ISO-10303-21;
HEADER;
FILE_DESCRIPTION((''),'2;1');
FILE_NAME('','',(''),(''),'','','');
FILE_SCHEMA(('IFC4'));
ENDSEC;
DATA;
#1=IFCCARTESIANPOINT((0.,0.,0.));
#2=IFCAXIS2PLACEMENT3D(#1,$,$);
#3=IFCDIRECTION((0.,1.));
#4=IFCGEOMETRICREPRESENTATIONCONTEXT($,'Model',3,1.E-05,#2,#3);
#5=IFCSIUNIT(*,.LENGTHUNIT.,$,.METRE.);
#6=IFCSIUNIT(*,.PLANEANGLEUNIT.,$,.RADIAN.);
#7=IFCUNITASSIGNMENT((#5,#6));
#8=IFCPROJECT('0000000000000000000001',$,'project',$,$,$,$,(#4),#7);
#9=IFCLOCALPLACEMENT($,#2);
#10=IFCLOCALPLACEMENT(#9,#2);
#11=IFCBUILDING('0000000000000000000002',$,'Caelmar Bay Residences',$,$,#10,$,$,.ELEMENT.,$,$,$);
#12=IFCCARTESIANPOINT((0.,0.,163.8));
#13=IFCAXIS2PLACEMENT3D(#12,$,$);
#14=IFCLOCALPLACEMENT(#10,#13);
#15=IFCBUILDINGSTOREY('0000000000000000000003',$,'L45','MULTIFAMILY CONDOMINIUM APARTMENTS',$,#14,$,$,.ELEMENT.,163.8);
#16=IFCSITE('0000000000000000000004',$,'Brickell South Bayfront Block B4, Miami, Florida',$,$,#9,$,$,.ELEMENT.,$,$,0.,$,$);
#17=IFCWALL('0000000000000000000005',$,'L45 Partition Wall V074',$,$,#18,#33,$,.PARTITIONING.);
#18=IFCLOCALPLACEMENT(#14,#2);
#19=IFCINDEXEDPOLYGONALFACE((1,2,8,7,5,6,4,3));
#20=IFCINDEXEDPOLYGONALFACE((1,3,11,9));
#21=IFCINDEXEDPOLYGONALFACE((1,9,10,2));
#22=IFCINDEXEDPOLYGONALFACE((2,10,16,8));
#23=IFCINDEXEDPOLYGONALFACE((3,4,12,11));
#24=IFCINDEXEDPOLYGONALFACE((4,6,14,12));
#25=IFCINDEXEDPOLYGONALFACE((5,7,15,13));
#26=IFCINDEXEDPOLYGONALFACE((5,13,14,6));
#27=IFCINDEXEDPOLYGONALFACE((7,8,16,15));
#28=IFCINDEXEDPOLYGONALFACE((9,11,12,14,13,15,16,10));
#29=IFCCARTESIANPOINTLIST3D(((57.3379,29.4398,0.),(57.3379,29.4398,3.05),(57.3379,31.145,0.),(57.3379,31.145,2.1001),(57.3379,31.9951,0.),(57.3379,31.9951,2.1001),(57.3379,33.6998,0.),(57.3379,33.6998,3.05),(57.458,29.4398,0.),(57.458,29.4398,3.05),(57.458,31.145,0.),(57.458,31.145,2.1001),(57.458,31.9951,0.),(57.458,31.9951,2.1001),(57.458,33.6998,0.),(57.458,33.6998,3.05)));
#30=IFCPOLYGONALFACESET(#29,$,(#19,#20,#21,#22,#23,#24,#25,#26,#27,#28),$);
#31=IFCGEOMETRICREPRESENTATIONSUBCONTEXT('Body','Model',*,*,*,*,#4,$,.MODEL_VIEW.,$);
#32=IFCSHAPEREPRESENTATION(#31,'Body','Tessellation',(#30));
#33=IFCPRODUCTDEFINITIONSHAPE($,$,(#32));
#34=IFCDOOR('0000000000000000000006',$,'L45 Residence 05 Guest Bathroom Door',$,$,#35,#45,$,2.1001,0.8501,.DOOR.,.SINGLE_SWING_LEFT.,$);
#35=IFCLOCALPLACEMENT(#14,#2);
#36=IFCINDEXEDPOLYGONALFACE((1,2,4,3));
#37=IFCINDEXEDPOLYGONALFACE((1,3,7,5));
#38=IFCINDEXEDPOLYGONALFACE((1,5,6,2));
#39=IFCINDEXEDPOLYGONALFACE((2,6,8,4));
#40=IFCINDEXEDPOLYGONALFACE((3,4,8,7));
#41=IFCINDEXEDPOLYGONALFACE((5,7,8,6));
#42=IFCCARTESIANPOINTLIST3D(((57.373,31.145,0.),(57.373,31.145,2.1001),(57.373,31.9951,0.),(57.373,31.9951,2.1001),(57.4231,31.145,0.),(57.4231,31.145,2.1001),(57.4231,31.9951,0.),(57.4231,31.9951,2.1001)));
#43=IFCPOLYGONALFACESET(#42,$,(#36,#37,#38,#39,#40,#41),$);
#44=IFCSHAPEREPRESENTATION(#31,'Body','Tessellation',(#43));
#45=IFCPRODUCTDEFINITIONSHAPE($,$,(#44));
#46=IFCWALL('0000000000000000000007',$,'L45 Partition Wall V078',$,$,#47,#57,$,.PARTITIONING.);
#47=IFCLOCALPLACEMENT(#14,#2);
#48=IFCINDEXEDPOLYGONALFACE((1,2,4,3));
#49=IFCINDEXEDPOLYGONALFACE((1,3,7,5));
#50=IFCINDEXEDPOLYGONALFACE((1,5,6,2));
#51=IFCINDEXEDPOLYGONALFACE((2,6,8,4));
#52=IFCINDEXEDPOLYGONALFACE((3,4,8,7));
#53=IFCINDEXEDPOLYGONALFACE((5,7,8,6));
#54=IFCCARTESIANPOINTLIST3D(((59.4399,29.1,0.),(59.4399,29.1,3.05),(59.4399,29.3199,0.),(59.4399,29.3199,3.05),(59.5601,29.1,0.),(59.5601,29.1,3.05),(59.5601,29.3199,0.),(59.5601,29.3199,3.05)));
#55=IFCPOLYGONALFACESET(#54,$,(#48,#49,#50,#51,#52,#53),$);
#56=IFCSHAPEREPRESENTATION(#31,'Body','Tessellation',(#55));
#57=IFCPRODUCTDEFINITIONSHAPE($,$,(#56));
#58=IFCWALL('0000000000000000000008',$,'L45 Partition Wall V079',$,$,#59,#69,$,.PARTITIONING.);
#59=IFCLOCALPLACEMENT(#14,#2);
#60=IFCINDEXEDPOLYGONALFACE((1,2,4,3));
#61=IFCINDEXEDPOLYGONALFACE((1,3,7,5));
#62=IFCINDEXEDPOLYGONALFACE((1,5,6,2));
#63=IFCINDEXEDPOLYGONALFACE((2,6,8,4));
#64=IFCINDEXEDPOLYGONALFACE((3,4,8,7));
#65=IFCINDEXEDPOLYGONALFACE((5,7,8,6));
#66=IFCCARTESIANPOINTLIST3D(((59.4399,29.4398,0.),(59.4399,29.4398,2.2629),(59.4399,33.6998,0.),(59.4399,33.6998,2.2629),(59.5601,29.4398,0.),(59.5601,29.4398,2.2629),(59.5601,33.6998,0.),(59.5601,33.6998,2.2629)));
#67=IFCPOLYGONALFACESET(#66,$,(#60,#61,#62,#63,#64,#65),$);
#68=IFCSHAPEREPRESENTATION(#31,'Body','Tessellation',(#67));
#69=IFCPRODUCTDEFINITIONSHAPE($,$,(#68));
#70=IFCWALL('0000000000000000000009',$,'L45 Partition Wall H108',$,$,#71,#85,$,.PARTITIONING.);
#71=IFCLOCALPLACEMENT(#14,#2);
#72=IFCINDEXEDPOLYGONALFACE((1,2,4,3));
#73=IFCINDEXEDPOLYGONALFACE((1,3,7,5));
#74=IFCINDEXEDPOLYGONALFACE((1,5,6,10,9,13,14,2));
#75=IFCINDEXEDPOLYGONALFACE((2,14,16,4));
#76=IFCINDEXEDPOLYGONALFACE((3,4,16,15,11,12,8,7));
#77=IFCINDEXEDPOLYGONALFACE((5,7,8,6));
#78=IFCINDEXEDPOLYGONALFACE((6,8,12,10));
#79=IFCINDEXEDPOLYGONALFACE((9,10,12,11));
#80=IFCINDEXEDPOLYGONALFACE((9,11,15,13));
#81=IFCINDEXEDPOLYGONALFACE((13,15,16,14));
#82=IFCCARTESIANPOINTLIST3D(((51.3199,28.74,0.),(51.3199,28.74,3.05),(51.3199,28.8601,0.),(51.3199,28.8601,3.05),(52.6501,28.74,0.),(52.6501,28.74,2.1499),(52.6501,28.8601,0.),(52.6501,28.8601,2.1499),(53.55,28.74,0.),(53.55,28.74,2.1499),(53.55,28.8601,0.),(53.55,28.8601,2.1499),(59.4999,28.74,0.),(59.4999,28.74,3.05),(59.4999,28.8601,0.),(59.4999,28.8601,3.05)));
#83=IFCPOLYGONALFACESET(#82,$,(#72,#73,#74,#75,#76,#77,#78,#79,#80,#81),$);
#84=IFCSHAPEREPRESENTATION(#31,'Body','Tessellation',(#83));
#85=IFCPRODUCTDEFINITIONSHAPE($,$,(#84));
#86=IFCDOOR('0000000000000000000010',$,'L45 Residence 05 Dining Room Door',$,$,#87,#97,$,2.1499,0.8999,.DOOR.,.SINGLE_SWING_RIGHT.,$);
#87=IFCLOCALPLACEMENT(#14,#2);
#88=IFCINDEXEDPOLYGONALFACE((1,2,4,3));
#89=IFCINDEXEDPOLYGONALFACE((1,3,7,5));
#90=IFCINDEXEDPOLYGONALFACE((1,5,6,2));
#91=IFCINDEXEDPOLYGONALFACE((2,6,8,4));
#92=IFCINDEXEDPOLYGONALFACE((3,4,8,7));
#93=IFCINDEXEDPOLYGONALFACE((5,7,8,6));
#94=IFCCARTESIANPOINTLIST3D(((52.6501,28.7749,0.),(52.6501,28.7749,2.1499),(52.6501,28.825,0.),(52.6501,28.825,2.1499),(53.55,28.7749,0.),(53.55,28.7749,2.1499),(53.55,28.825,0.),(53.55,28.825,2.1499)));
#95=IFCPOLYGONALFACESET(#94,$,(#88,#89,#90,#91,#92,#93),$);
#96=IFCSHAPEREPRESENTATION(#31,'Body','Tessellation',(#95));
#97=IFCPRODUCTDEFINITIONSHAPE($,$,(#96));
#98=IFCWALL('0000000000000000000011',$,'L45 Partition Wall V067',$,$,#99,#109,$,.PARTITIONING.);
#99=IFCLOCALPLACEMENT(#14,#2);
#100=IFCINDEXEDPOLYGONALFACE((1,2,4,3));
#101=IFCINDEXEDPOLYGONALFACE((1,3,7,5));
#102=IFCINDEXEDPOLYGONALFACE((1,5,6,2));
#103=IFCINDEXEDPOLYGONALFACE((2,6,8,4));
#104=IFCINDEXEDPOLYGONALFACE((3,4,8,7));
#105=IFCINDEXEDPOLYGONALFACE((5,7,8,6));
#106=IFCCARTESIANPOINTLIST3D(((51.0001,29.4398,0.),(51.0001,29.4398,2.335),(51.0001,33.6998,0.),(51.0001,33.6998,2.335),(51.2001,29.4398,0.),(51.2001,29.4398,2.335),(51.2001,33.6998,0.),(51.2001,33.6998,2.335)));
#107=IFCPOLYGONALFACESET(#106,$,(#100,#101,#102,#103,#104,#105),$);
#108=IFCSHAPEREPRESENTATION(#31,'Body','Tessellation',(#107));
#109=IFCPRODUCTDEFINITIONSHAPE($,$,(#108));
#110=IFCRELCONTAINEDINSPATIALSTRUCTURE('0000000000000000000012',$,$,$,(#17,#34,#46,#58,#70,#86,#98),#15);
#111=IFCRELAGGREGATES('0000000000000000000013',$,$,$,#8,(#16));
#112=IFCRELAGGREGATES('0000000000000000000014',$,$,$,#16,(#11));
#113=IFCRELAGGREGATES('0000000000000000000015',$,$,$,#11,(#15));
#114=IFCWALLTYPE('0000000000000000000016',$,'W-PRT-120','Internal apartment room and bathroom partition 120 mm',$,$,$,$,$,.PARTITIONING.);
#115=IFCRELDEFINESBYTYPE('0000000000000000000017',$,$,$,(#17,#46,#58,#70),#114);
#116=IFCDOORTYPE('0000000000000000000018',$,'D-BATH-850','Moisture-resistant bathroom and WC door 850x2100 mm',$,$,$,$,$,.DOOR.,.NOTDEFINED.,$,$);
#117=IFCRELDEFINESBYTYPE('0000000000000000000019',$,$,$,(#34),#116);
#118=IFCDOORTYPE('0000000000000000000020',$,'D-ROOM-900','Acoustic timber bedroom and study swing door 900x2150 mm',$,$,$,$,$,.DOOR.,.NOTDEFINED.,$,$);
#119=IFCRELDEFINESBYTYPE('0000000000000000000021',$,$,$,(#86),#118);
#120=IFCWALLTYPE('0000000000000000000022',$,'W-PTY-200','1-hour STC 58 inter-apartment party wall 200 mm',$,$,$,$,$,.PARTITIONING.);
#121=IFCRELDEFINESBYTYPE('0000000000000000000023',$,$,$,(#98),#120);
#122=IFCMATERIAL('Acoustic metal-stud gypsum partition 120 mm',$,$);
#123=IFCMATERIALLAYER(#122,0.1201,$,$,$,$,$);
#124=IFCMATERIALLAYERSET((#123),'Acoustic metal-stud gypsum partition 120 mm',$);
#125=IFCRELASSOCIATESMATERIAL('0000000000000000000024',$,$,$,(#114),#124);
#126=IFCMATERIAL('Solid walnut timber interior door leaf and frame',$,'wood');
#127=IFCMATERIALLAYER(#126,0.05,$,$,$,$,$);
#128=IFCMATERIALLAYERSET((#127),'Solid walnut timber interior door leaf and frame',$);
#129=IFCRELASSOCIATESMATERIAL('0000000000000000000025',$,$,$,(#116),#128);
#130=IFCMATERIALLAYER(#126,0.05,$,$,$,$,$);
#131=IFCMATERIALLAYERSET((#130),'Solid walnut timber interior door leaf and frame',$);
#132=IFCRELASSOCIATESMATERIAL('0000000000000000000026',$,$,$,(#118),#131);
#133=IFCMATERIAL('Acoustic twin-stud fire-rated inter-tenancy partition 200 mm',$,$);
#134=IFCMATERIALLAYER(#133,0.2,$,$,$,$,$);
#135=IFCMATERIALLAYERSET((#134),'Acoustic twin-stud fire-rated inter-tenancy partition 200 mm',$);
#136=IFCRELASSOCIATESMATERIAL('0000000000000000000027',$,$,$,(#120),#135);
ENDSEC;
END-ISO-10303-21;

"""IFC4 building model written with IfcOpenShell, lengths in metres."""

from ifc_helpers import new_model, si_unit, direction, frame, frame_2d, origin, place, context, subcontext, project, spatial, rectangle, extrude, material, layer, layer_set, type_object, element, fill, save


model = new_model("IFC4")

# Units and contexts
model_context = context("Model", 3, precision=1e-05, world=origin(), true_north=direction((0.0, 1.0)))
body_context = subcontext(model_context, "Body", "Model", "MODEL_VIEW")
ifc_project = project(units=[si_unit("LENGTHUNIT", "METRE"), si_unit("PLANEANGLEUNIT", "RADIAN")], contexts=[model_context])

# Site, building, storey
site_placement = place(None, origin())
site = spatial("IfcSite", under=ifc_project, at=site_placement, Name="Brickell South Bayfront Block B4, Miami, Florida", CompositionType="ELEMENT", RefElevation=0.0)
building_placement = place(site_placement, origin())
building = spatial("IfcBuilding", under=site, at=building_placement, Name="Caelmar Bay Residences", CompositionType="ELEMENT")
storey_placement = place(building_placement, frame((0.0, 0.0, 163.8)))
storey = spatial("IfcBuildingStorey", under=building, at=storey_placement, Name="L45", Description="MULTIFAMILY CONDOMINIUM APARTMENTS", CompositionType="ELEMENT", Elevation=163.8)

# Shared definitions
ifc_material_1 = material(Name="Acoustic metal-stud gypsum partition 120 mm")
ifc_layer_1 = layer(ifc_material_1, 0.1201)
ifc_layer_set_1 = layer_set([ifc_layer_1], Name="Acoustic metal-stud gypsum partition 120 mm")
wall_type_1 = type_object("IfcWallType", Name="W-PRT-120", Description="Internal apartment room and bathroom partition 120 mm", PredefinedType="PARTITIONING", material=ifc_layer_set_1)

# Shared definitions
ifc_material_2 = material(Name="Solid walnut timber interior door leaf and frame", Category="wood")
ifc_layer_2 = layer(ifc_material_2, 0.05)
ifc_layer_set_2 = layer_set([ifc_layer_2], Name="Solid walnut timber interior door leaf and frame")
door_type_1 = type_object("IfcDoorType", Name="D-BATH-850", Description="Moisture-resistant bathroom and WC door 850x2100 mm", OperationType="NOTDEFINED", PredefinedType="DOOR", material=ifc_layer_set_2)
ifc_layer_3 = layer(ifc_material_2, 0.05)
ifc_layer_set_3 = layer_set([ifc_layer_3], Name="Solid walnut timber interior door leaf and frame")
door_type_2 = type_object("IfcDoorType", Name="D-ROOM-900", Description="Acoustic timber bedroom and study swing door 900x2150 mm", OperationType="NOTDEFINED", PredefinedType="DOOR", material=ifc_layer_set_3)

# Wall, opening, door
wall_1_placement = place(storey_placement, frame((57.3979, 29.4399, 0.0), z_axis=(0.0, 0.0, 1.0), x_axis=(0.0, 1.0, 0.0)))
wall_1 = element("IfcWall", 1, at=wall_1_placement, inside=storey, type_object=wall_type_1, Name="L45 Partition Wall V074", PredefinedType="PARTITIONING", context=body_context, shape_type="SweptSolid", body=[
    extrude(rectangle(XDim=4.26, YDim=0.1201, at=frame_2d((2.1299, 0.0))), origin(), (0.0, 0.0, 1.0), 3.05),
])
opening_1_placement = place(wall_1_placement, frame((1.7051, 0.0, 0.0)))
opening_1 = element("IfcOpeningElement", 2, at=opening_1_placement, cuts=wall_1, PredefinedType="OPENING", context=body_context, shape_type="SweptSolid", body=[
    extrude(rectangle(XDim=0.8501, YDim=2.1001, at=frame_2d((0.425, 1.05))), frame((0.0, 0.0701, 0.0), z_axis=(0.0, -1.0, 0.0), x_axis=(1.0, 0.0, 0.0)), (0.0, 0.0, 1.0), 0.1401),
])
door_1_placement = place(opening_1_placement, origin())
door_1 = element("IfcDoor", 3, at=door_1_placement, inside=storey, type_object=door_type_1, Name="L45 Residence 05 Guest Bathroom Door", OperationType="SINGLE_SWING_LEFT", OverallHeight=2.1001, OverallWidth=0.8501, PredefinedType="DOOR", context=body_context, shape_type="SweptSolid", body=[
    extrude(rectangle(XDim=0.8501, YDim=2.1001, at=frame_2d((0.425, 1.05))), frame((0.0, 0.0249, 0.0), z_axis=(0.0, -1.0, 0.0), x_axis=(1.0, 0.0, 0.0)), (0.0, 0.0, 1.0), 0.05),
])
fill(opening_1, door_1)

# Walls
wall_2_placement = place(storey_placement, frame((59.5, 29.1001, 0.0), z_axis=(0.0, 0.0, 1.0), x_axis=(0.0, 1.0, 0.0)))
element("IfcWall", 4, at=wall_2_placement, inside=storey, type_object=wall_type_1, Name="L45 Partition Wall V078", PredefinedType="PARTITIONING", context=body_context, shape_type="SweptSolid", body=[
    extrude(rectangle(XDim=0.22, YDim=0.1201, at=frame_2d((0.1099, 0.0))), origin(), (0.0, 0.0, 1.0), 3.05),
])
wall_3_placement = place(storey_placement, frame((59.5, 29.4399, 0.0), z_axis=(0.0, 0.0, 1.0), x_axis=(0.0, 1.0, 0.0)))
element("IfcWall", 5, at=wall_3_placement, inside=storey, type_object=wall_type_1, Name="L45 Partition Wall V079", PredefinedType="PARTITIONING", context=body_context, shape_type="SweptSolid", body=[
    extrude(rectangle(XDim=4.26, YDim=0.1201, at=frame_2d((2.1299, 0.0))), origin(), (0.0, 0.0, 1.0), 2.2629),
])

# Wall, opening, door
wall_4_placement = place(storey_placement, frame((51.3201, 28.8, 0.0), z_axis=(0.0, 0.0, 1.0), x_axis=(1.0, 0.0, 0.0)))
wall_4 = element("IfcWall", 6, at=wall_4_placement, inside=storey, type_object=wall_type_1, Name="L45 Partition Wall H108", PredefinedType="PARTITIONING", context=body_context, shape_type="SweptSolid", body=[
    extrude(rectangle(XDim=8.1799, YDim=0.1201, at=frame_2d((4.0898, 0.0))), origin(), (0.0, 0.0, 1.0), 3.05),
])
opening_2_placement = place(wall_4_placement, frame((1.3301, 0.0, 0.0)))
opening_2 = element("IfcOpeningElement", 7, at=opening_2_placement, cuts=wall_4, PredefinedType="OPENING", context=body_context, shape_type="SweptSolid", body=[
    extrude(rectangle(XDim=0.8999, YDim=2.1499, at=frame_2d((0.45, 1.075))), frame((0.0, 0.0701, 0.0), z_axis=(0.0, -1.0, 0.0), x_axis=(1.0, 0.0, 0.0)), (0.0, 0.0, 1.0), 0.1401),
])
door_2_placement = place(opening_2_placement, origin())
door_2 = element("IfcDoor", 8, at=door_2_placement, inside=storey, type_object=door_type_2, Name="L45 Residence 05 Dining Room Door", OperationType="SINGLE_SWING_RIGHT", OverallHeight=2.1499, OverallWidth=0.8999, PredefinedType="DOOR", context=body_context, shape_type="SweptSolid", body=[
    extrude(rectangle(XDim=0.8999, YDim=2.1499, at=frame_2d((0.45, 1.075))), frame((0.0, 0.0249, 0.0), z_axis=(0.0, -1.0, 0.0), x_axis=(1.0, 0.0, 0.0)), (0.0, 0.0, 1.0), 0.05),
])
fill(opening_2, door_2)

# Wall
ifc_material_3 = material(Name="Acoustic twin-stud fire-rated inter-tenancy partition 200 mm")
ifc_layer_4 = layer(ifc_material_3, 0.2)
ifc_layer_set_4 = layer_set([ifc_layer_4], Name="Acoustic twin-stud fire-rated inter-tenancy partition 200 mm")
wall_type_2 = type_object("IfcWallType", Name="W-PTY-200", Description="1-hour STC 58 inter-apartment party wall 200 mm", PredefinedType="PARTITIONING", material=ifc_layer_set_4)
wall_5_placement = place(storey_placement, frame((51.1001, 29.4399, 0.0), z_axis=(0.0, 0.0, 1.0), x_axis=(0.0, 1.0, 0.0)))
element("IfcWall", 9, at=wall_5_placement, inside=storey, type_object=wall_type_2, Name="L45 Partition Wall V067", PredefinedType="PARTITIONING", context=body_context, shape_type="SweptSolid", body=[
    extrude(rectangle(XDim=4.26, YDim=0.2, at=frame_2d((2.1299, 0.0))), origin(), (0.0, 0.0, 1.0), 2.335),
])

save(model, "model.ifc")
